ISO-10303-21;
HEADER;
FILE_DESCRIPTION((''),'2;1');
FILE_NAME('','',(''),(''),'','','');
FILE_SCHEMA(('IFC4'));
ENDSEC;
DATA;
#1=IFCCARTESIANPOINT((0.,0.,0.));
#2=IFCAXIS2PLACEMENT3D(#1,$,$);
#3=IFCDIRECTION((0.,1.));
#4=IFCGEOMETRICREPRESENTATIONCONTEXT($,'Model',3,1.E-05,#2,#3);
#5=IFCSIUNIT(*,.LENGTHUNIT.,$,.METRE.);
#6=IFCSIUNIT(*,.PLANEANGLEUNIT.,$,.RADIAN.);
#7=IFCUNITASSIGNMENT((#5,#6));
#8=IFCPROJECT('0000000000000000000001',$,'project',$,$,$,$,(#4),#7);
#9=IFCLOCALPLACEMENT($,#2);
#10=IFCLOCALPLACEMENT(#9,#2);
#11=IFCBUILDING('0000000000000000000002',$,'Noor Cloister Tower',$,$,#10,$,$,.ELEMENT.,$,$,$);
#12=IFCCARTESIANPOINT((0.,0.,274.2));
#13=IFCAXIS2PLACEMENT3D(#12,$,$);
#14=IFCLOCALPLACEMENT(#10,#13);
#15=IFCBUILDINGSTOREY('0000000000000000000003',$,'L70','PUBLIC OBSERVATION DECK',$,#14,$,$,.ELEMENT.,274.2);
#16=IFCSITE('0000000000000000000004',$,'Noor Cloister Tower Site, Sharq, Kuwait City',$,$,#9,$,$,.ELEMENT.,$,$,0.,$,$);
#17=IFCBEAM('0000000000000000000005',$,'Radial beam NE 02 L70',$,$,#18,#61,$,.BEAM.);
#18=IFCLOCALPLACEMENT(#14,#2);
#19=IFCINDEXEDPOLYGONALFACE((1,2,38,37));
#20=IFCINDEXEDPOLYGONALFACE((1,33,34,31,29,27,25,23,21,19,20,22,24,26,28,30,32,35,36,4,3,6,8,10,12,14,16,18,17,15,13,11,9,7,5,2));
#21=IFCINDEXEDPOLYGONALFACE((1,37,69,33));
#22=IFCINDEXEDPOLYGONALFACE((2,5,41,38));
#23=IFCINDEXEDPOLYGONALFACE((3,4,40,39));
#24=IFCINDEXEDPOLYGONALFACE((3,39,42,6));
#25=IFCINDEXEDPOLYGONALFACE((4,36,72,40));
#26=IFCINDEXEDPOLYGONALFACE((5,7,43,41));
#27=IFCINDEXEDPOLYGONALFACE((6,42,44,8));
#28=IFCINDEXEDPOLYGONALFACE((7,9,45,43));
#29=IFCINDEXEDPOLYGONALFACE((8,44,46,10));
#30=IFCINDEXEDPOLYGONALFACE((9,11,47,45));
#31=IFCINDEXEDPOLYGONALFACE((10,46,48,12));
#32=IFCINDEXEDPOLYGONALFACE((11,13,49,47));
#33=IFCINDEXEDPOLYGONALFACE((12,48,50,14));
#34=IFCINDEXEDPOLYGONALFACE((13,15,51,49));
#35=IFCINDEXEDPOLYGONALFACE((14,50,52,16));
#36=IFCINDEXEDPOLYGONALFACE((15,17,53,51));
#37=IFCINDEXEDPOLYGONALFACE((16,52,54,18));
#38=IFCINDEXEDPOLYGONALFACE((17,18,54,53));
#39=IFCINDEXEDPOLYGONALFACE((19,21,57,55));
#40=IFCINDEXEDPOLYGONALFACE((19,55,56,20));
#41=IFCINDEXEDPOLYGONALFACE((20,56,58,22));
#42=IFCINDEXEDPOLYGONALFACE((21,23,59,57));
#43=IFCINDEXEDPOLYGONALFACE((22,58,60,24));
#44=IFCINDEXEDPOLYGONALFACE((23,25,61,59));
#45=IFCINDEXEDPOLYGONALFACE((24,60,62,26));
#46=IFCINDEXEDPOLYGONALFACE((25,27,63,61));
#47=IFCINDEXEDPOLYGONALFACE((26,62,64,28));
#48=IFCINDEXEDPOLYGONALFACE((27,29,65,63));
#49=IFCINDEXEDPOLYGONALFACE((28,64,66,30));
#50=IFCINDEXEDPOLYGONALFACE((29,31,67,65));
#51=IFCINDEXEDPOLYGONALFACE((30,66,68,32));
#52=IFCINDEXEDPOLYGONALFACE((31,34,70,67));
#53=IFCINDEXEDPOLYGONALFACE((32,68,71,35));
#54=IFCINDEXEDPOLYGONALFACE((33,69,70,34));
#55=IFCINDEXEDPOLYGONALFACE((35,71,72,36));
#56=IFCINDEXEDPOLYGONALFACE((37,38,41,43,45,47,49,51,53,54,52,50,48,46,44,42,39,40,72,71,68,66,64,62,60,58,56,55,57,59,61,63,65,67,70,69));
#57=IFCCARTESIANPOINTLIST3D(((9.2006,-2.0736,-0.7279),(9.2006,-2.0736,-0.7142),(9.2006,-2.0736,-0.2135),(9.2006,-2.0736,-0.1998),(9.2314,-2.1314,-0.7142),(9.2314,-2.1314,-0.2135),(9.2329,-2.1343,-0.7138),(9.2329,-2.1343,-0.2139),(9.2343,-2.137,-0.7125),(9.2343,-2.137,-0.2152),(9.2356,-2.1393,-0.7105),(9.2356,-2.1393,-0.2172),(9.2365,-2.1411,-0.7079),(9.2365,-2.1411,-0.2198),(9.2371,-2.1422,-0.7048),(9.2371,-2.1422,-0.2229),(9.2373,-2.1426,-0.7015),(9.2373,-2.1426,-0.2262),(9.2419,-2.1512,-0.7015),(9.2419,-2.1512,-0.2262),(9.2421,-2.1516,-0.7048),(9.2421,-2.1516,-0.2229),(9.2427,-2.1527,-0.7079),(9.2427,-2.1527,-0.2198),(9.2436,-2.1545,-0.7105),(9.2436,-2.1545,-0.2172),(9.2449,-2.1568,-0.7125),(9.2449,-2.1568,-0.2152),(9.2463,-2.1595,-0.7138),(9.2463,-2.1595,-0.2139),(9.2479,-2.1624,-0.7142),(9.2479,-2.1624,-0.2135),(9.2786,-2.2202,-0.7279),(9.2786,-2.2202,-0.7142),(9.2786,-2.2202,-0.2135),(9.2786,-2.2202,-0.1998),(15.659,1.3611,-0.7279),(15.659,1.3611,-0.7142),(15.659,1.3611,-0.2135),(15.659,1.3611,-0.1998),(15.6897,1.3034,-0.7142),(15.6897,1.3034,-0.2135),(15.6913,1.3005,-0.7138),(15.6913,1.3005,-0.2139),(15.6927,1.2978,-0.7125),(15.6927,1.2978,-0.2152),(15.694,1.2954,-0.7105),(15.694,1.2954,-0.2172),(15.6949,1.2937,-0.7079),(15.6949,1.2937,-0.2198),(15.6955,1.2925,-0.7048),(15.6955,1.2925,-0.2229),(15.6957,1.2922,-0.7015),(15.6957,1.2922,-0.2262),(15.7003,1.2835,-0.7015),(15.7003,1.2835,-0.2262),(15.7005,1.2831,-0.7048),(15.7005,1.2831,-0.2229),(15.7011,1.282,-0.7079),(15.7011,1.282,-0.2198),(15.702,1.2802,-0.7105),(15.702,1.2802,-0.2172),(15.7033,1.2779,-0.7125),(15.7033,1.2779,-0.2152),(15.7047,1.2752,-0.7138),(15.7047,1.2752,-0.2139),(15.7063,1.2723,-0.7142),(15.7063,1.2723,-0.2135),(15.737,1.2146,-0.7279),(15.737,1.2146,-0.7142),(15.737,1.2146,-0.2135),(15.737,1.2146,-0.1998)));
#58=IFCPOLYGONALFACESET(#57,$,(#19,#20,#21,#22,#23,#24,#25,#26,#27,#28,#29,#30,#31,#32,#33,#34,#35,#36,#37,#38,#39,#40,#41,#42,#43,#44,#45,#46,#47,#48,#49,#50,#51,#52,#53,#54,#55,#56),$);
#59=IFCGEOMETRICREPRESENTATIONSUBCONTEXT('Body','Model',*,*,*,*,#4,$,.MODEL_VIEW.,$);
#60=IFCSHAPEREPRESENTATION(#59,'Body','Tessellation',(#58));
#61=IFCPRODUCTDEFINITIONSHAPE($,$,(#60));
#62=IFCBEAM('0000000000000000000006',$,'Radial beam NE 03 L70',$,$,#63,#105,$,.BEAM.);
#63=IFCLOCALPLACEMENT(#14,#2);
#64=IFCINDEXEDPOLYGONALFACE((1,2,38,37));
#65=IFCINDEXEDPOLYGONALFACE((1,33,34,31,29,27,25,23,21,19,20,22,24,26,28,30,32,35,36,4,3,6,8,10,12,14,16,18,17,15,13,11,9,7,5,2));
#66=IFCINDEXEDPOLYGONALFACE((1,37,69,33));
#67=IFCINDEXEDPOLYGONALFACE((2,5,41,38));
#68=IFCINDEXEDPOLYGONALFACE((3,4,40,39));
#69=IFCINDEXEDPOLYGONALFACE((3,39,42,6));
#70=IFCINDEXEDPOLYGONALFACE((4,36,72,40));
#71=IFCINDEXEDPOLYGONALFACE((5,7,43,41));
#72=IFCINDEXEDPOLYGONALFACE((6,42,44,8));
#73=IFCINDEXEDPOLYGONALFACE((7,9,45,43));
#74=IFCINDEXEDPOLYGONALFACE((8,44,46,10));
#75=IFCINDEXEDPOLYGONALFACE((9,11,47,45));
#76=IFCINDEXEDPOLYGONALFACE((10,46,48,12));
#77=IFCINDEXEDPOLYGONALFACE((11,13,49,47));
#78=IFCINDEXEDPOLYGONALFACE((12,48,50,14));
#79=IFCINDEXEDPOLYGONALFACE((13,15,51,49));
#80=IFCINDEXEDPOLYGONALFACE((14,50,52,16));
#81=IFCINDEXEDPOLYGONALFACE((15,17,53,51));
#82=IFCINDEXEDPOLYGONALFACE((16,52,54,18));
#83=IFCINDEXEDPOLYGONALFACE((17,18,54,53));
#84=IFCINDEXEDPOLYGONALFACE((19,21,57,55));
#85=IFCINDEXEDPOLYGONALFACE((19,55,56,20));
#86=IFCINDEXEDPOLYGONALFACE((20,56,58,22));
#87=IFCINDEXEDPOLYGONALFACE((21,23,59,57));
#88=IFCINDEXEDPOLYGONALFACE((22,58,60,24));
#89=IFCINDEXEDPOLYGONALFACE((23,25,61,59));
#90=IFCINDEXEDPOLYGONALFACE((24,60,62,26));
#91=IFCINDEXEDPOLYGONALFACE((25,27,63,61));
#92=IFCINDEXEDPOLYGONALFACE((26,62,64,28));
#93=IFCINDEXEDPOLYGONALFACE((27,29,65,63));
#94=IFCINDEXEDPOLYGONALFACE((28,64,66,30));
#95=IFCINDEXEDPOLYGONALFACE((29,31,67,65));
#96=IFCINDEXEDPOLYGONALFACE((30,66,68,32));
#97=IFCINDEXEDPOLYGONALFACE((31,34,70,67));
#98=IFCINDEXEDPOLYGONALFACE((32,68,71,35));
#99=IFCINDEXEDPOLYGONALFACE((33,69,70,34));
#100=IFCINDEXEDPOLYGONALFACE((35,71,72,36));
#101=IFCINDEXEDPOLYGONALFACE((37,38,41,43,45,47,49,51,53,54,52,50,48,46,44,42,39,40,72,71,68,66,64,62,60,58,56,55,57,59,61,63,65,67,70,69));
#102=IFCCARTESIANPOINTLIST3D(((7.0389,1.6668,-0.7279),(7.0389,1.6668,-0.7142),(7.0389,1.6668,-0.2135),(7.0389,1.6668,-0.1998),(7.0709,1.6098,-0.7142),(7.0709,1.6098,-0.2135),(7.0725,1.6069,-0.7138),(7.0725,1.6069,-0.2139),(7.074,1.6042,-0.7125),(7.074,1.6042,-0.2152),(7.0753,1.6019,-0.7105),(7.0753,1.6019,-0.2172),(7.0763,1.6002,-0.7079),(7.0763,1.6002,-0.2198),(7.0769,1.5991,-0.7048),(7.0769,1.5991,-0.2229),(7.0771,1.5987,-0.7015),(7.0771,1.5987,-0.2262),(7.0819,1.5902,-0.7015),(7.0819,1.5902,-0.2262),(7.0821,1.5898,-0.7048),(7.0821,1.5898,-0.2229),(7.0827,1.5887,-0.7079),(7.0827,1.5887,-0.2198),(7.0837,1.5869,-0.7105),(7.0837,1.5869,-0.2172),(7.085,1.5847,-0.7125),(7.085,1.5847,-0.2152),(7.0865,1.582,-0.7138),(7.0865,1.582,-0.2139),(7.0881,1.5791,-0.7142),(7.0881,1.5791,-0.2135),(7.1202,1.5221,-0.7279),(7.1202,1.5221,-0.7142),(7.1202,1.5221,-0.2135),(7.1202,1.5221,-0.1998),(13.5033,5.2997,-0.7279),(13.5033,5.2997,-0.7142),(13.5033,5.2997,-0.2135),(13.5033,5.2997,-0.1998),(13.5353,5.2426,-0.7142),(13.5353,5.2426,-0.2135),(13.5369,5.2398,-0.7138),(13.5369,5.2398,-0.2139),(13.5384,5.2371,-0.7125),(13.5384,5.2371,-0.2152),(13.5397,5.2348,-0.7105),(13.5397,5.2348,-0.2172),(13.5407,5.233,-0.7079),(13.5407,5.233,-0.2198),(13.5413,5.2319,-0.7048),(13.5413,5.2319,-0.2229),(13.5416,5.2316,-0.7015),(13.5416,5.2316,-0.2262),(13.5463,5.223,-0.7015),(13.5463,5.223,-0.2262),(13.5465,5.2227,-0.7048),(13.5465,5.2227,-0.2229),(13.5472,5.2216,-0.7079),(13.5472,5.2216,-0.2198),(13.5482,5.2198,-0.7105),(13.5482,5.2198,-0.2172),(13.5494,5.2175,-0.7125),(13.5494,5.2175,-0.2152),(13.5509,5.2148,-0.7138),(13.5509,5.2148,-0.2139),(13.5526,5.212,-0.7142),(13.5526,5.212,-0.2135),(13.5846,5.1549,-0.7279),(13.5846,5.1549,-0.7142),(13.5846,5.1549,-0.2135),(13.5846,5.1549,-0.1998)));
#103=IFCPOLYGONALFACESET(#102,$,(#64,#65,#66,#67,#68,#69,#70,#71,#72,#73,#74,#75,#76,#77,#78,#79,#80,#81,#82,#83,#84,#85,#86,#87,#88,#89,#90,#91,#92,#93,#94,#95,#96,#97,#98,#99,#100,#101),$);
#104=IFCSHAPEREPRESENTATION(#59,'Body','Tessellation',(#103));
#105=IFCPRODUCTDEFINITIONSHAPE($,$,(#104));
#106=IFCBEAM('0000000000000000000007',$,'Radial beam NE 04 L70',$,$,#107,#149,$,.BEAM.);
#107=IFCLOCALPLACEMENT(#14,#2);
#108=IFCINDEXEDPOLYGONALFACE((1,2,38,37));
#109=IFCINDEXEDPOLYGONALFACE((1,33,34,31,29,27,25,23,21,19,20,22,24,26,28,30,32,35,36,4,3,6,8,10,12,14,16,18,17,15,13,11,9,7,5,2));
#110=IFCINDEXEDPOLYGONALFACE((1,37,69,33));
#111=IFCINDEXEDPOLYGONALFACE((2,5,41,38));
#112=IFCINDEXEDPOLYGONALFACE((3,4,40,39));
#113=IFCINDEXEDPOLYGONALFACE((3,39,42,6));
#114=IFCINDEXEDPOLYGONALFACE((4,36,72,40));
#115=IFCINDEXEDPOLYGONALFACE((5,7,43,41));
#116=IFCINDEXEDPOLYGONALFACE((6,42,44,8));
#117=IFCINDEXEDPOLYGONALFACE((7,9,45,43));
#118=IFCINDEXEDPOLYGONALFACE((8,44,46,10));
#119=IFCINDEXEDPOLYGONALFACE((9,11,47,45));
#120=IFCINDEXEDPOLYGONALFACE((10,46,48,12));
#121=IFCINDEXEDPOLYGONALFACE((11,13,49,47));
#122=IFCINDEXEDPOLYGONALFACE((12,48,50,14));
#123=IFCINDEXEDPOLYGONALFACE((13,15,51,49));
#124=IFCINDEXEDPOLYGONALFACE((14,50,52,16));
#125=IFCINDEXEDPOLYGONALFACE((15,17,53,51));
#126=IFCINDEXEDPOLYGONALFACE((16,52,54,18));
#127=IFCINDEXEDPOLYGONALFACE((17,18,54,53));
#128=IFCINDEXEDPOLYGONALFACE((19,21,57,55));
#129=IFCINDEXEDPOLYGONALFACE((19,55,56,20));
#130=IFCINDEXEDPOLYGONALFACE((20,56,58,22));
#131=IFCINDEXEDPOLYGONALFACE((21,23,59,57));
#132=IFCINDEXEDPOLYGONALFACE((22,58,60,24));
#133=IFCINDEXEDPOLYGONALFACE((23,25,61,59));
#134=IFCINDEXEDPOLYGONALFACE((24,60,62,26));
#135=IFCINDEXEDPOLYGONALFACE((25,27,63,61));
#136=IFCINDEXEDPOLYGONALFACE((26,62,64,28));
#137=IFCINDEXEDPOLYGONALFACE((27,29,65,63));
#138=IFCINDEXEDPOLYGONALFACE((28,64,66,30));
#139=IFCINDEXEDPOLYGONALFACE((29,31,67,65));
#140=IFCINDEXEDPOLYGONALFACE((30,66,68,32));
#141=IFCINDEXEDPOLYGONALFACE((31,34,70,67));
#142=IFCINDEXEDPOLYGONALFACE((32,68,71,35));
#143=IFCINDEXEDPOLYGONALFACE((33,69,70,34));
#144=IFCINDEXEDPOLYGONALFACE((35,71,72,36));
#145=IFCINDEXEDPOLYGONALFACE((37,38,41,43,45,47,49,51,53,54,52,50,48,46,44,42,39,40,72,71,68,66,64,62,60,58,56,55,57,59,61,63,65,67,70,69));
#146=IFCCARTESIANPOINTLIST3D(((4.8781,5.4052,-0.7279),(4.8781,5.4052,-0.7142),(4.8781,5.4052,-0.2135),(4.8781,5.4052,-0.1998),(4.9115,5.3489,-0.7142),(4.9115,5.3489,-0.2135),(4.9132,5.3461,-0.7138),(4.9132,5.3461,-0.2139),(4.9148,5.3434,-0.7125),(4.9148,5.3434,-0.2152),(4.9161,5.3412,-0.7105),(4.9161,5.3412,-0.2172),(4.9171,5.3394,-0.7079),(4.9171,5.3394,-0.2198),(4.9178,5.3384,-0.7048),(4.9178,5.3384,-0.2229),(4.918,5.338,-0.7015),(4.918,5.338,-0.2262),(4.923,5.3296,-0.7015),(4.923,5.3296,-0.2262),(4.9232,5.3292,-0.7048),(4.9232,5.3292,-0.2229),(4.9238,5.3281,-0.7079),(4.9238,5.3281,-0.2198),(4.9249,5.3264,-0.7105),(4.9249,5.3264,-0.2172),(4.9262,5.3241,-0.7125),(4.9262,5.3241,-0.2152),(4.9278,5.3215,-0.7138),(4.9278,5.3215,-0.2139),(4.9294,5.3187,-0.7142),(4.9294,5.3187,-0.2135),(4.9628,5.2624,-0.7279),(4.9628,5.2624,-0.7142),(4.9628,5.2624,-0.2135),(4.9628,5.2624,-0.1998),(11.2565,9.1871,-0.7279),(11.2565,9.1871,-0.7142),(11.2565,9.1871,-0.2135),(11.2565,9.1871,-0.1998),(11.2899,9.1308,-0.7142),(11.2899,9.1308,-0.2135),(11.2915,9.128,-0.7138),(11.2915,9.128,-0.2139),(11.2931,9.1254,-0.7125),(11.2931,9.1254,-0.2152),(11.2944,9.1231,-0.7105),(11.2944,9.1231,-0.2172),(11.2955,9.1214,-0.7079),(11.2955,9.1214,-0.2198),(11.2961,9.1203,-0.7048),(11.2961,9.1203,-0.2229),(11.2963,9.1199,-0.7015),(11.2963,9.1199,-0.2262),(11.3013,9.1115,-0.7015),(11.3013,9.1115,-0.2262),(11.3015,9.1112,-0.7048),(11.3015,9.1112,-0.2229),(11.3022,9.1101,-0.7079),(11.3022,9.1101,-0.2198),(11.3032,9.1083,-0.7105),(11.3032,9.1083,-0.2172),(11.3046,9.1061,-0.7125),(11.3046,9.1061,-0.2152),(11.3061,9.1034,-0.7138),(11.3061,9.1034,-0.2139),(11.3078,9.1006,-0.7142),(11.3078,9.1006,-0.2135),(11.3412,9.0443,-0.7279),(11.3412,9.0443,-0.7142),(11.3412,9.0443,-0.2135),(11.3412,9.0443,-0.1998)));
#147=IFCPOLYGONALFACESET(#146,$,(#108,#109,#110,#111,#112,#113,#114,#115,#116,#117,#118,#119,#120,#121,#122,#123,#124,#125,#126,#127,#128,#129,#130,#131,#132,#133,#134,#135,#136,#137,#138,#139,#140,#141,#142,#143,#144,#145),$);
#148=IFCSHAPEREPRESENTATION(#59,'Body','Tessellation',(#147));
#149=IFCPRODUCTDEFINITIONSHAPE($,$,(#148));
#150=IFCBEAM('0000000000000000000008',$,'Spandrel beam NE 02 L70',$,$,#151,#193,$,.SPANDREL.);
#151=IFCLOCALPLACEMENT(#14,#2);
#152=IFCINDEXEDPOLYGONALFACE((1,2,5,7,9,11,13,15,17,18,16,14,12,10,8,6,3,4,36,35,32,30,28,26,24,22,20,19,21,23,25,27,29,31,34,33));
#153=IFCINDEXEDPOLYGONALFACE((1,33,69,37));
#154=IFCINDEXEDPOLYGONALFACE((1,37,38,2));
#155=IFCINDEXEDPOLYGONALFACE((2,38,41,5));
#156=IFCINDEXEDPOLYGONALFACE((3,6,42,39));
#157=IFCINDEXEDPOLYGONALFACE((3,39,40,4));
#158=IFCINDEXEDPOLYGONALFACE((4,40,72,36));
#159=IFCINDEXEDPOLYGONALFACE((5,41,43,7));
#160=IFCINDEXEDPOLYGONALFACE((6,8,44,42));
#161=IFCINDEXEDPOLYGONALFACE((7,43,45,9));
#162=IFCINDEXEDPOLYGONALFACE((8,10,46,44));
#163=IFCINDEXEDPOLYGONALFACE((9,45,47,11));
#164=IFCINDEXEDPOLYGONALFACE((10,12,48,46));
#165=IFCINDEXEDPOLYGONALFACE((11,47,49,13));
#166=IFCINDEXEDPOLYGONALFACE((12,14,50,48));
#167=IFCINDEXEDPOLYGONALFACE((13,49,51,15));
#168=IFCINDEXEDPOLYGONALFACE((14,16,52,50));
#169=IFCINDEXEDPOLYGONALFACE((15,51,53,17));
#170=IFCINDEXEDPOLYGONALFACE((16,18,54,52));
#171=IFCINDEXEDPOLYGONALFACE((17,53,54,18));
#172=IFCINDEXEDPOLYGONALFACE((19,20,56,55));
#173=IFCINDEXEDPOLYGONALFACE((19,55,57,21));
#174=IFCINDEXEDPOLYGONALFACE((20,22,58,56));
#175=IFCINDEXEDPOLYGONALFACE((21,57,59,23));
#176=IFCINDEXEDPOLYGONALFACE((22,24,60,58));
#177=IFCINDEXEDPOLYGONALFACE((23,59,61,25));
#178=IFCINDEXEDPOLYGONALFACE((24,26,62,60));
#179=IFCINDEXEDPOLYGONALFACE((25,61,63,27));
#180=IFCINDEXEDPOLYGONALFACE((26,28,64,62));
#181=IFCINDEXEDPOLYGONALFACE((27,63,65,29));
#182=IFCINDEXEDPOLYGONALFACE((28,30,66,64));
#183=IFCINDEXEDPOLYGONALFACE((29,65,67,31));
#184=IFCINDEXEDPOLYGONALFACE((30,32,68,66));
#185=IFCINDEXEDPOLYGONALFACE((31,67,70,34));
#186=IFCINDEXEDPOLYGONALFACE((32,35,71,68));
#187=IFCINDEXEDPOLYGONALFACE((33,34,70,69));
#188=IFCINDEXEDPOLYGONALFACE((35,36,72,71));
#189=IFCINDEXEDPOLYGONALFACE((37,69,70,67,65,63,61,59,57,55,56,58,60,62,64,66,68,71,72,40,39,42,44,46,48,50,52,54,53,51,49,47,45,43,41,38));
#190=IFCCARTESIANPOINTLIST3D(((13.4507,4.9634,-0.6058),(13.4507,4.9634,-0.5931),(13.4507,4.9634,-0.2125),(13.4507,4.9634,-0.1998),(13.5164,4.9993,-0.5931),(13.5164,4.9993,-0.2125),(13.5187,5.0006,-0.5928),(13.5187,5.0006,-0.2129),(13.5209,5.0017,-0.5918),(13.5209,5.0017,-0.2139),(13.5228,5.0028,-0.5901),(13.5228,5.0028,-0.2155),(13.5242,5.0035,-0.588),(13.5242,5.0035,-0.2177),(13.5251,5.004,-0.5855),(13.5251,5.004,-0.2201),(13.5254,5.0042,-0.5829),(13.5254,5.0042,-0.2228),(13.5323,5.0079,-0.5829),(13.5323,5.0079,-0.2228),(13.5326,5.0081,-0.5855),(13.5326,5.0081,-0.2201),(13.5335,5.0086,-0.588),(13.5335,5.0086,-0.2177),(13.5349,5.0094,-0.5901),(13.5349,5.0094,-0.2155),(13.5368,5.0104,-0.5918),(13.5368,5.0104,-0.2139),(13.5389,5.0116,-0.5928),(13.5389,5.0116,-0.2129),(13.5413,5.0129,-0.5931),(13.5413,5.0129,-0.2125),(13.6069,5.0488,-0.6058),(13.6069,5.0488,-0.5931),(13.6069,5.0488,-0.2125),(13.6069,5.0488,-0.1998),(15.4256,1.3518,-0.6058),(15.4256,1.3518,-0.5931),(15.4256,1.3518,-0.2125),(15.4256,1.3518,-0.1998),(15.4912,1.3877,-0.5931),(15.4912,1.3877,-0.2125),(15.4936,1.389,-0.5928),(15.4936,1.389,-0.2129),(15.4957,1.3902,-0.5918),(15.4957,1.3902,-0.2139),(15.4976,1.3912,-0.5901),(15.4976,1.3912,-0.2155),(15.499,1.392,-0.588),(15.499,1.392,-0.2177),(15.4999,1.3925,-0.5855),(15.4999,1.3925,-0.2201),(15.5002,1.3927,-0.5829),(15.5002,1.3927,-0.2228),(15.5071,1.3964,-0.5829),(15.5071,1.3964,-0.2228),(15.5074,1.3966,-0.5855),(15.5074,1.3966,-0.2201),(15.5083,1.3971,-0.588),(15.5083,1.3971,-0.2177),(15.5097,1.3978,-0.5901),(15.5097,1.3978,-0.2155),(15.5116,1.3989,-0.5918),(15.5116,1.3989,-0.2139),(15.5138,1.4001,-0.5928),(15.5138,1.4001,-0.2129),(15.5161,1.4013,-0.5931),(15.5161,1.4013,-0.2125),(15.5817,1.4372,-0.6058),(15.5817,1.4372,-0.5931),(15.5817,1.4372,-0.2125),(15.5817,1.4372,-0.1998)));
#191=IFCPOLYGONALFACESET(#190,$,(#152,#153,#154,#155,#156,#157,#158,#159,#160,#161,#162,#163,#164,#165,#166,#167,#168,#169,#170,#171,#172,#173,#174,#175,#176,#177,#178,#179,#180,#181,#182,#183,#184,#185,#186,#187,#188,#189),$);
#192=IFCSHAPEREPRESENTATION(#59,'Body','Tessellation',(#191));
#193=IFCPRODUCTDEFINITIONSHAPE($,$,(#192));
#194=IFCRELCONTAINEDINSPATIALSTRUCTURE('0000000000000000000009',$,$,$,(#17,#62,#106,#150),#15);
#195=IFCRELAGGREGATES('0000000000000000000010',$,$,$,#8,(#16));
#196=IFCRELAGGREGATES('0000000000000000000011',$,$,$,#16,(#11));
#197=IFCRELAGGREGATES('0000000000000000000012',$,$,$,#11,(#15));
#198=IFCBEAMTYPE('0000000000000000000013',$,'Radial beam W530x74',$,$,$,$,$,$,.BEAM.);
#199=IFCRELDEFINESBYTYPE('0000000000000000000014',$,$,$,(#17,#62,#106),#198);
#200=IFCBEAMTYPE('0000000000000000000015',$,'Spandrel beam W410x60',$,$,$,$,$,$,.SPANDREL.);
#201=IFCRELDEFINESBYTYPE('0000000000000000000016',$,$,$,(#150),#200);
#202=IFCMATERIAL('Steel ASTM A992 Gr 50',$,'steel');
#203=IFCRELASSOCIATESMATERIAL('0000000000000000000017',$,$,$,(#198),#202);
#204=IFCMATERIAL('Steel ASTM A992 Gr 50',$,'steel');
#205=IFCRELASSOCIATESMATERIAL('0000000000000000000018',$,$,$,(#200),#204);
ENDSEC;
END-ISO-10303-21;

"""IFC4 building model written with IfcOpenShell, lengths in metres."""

from ifc_helpers import new_model, si_unit, direction, frame, origin, origin_2d, place, context, subcontext, project, spatial, i_section, extrude, material, material_profile, profile_set, type_object, element, save


model = new_model("IFC4")

# Units and contexts
model_context = context("Model", 3, precision=1e-05, world=origin(), true_north=direction((0.0, 1.0)))
body_context = subcontext(model_context, "Body", "Model", "MODEL_VIEW")
ifc_project = project(units=[si_unit("LENGTHUNIT", "METRE"), si_unit("PLANEANGLEUNIT", "RADIAN")], contexts=[model_context])

# Site, building, storey
site_placement = place(None, origin())
site = spatial("IfcSite", under=ifc_project, at=site_placement, Name="Noor Cloister Tower Site, Sharq, Kuwait City", CompositionType="ELEMENT", RefElevation=0.0)
building_placement = place(site_placement, origin())
building = spatial("IfcBuilding", under=site, at=building_placement, Name="Noor Cloister Tower", CompositionType="ELEMENT")
storey_placement = place(building_placement, frame((0.0, 0.0, 274.2)))
storey = spatial("IfcBuildingStorey", under=building, at=storey_placement, Name="L70", Description="PUBLIC OBSERVATION DECK", CompositionType="ELEMENT", Elevation=274.2)

# Beams
ifc_material_1 = material(Name="Steel ASTM A992 Gr 50", Category="steel")
ifc_material_profile_1 = material_profile(ifc_material_1, i_section(OverallWidth=0.166, OverallDepth=0.5281, WebThickness=0.0098, FlangeThickness=0.0137, FilletRadius=0.0127, at=origin_2d()), Name="W530x74")
ifc_profile_set_1 = profile_set([ifc_material_profile_1], Name="Steel ASTM A992 Gr 50")
beam_type_1 = type_object("IfcBeamType", Name="Radial beam W530x74", PredefinedType="BEAM", material=ifc_profile_set_1)
beam_placement = place(storey_placement, frame((15.698, 1.2878, -0.4639), z_axis=(-0.882904, -0.469554, 0.0), x_axis=(0.469554, -0.882904, 0.0)))
element("IfcBeam", 1, at=beam_placement, inside=storey, type_object=beam_type_1, Name="Radial beam NE 02 L70", PredefinedType="BEAM", context=body_context, shape_type="SweptSolid", body=[
    extrude(i_section(OverallWidth=0.166, OverallDepth=0.5281, WebThickness=0.0098, FlangeThickness=0.0137, FilletRadius=0.0127, at=origin_2d()), origin(), (0.0, 0.0, 1.0), 7.3149),
])
for number, where, z_axis, x_axis, name in (
    (2, (13.5439, 5.2273, -0.4639), (-0.871771, -0.489914, 0.0), (0.489914, -0.871771, 0.0), "Radial beam NE 03 L70"),
    (3, (11.2988, 9.1157, -0.4639), (-0.860163, -0.51002, 0.0), (0.51002, -0.860163, 0.0), "Radial beam NE 04 L70"),
):
    element("IfcBeam", number, at=place(storey_placement, frame(where, z_axis=z_axis, x_axis=x_axis)), inside=storey, type_object=beam_type_1, Name=name, PredefinedType="BEAM", context=body_context, shape_type="SweptSolid", body=[
        extrude(i_section(OverallWidth=0.166, OverallDepth=0.5281, WebThickness=0.0098, FlangeThickness=0.0137, FilletRadius=0.0127, at=origin_2d()), origin(), (0.0, 0.0, 1.0), 7.4153),
    ])
ifc_material_2 = material(Name="Steel ASTM A992 Gr 50", Category="steel")
ifc_material_profile_2 = material_profile(ifc_material_2, i_section(OverallWidth=0.178, OverallDepth=0.406, WebThickness=0.0078, FlangeThickness=0.0127, FilletRadius=0.0103, at=origin_2d()), Name="W410x60")
ifc_profile_set_2 = profile_set([ifc_material_profile_2], Name="Steel ASTM A992 Gr 50")
beam_type_2 = type_object("IfcBeamType", Name="Spandrel beam W410x60", PredefinedType="SPANDREL", material=ifc_profile_set_2)
for number, where, z_axis, x_axis, name in (
    (4, (15.5037, 1.3945, -0.4028), (-0.47977, 0.877394, 0.0), (-0.877394, -0.47977, 0.0), "Spandrel beam NE 02 L70"),
):
    element("IfcBeam", number, at=place(storey_placement, frame(where, z_axis=z_axis, x_axis=x_axis)), inside=storey, type_object=beam_type_2, Name=name, PredefinedType="SPANDREL", context=body_context, shape_type="SweptSolid", body=[
        extrude(i_section(OverallWidth=0.178, OverallDepth=0.406, WebThickness=0.0078, FlangeThickness=0.0127, FilletRadius=0.0103, at=origin_2d()), origin(), (0.0, 0.0, 1.0), 4.1162),
    ])

save(model, "model.ifc")
